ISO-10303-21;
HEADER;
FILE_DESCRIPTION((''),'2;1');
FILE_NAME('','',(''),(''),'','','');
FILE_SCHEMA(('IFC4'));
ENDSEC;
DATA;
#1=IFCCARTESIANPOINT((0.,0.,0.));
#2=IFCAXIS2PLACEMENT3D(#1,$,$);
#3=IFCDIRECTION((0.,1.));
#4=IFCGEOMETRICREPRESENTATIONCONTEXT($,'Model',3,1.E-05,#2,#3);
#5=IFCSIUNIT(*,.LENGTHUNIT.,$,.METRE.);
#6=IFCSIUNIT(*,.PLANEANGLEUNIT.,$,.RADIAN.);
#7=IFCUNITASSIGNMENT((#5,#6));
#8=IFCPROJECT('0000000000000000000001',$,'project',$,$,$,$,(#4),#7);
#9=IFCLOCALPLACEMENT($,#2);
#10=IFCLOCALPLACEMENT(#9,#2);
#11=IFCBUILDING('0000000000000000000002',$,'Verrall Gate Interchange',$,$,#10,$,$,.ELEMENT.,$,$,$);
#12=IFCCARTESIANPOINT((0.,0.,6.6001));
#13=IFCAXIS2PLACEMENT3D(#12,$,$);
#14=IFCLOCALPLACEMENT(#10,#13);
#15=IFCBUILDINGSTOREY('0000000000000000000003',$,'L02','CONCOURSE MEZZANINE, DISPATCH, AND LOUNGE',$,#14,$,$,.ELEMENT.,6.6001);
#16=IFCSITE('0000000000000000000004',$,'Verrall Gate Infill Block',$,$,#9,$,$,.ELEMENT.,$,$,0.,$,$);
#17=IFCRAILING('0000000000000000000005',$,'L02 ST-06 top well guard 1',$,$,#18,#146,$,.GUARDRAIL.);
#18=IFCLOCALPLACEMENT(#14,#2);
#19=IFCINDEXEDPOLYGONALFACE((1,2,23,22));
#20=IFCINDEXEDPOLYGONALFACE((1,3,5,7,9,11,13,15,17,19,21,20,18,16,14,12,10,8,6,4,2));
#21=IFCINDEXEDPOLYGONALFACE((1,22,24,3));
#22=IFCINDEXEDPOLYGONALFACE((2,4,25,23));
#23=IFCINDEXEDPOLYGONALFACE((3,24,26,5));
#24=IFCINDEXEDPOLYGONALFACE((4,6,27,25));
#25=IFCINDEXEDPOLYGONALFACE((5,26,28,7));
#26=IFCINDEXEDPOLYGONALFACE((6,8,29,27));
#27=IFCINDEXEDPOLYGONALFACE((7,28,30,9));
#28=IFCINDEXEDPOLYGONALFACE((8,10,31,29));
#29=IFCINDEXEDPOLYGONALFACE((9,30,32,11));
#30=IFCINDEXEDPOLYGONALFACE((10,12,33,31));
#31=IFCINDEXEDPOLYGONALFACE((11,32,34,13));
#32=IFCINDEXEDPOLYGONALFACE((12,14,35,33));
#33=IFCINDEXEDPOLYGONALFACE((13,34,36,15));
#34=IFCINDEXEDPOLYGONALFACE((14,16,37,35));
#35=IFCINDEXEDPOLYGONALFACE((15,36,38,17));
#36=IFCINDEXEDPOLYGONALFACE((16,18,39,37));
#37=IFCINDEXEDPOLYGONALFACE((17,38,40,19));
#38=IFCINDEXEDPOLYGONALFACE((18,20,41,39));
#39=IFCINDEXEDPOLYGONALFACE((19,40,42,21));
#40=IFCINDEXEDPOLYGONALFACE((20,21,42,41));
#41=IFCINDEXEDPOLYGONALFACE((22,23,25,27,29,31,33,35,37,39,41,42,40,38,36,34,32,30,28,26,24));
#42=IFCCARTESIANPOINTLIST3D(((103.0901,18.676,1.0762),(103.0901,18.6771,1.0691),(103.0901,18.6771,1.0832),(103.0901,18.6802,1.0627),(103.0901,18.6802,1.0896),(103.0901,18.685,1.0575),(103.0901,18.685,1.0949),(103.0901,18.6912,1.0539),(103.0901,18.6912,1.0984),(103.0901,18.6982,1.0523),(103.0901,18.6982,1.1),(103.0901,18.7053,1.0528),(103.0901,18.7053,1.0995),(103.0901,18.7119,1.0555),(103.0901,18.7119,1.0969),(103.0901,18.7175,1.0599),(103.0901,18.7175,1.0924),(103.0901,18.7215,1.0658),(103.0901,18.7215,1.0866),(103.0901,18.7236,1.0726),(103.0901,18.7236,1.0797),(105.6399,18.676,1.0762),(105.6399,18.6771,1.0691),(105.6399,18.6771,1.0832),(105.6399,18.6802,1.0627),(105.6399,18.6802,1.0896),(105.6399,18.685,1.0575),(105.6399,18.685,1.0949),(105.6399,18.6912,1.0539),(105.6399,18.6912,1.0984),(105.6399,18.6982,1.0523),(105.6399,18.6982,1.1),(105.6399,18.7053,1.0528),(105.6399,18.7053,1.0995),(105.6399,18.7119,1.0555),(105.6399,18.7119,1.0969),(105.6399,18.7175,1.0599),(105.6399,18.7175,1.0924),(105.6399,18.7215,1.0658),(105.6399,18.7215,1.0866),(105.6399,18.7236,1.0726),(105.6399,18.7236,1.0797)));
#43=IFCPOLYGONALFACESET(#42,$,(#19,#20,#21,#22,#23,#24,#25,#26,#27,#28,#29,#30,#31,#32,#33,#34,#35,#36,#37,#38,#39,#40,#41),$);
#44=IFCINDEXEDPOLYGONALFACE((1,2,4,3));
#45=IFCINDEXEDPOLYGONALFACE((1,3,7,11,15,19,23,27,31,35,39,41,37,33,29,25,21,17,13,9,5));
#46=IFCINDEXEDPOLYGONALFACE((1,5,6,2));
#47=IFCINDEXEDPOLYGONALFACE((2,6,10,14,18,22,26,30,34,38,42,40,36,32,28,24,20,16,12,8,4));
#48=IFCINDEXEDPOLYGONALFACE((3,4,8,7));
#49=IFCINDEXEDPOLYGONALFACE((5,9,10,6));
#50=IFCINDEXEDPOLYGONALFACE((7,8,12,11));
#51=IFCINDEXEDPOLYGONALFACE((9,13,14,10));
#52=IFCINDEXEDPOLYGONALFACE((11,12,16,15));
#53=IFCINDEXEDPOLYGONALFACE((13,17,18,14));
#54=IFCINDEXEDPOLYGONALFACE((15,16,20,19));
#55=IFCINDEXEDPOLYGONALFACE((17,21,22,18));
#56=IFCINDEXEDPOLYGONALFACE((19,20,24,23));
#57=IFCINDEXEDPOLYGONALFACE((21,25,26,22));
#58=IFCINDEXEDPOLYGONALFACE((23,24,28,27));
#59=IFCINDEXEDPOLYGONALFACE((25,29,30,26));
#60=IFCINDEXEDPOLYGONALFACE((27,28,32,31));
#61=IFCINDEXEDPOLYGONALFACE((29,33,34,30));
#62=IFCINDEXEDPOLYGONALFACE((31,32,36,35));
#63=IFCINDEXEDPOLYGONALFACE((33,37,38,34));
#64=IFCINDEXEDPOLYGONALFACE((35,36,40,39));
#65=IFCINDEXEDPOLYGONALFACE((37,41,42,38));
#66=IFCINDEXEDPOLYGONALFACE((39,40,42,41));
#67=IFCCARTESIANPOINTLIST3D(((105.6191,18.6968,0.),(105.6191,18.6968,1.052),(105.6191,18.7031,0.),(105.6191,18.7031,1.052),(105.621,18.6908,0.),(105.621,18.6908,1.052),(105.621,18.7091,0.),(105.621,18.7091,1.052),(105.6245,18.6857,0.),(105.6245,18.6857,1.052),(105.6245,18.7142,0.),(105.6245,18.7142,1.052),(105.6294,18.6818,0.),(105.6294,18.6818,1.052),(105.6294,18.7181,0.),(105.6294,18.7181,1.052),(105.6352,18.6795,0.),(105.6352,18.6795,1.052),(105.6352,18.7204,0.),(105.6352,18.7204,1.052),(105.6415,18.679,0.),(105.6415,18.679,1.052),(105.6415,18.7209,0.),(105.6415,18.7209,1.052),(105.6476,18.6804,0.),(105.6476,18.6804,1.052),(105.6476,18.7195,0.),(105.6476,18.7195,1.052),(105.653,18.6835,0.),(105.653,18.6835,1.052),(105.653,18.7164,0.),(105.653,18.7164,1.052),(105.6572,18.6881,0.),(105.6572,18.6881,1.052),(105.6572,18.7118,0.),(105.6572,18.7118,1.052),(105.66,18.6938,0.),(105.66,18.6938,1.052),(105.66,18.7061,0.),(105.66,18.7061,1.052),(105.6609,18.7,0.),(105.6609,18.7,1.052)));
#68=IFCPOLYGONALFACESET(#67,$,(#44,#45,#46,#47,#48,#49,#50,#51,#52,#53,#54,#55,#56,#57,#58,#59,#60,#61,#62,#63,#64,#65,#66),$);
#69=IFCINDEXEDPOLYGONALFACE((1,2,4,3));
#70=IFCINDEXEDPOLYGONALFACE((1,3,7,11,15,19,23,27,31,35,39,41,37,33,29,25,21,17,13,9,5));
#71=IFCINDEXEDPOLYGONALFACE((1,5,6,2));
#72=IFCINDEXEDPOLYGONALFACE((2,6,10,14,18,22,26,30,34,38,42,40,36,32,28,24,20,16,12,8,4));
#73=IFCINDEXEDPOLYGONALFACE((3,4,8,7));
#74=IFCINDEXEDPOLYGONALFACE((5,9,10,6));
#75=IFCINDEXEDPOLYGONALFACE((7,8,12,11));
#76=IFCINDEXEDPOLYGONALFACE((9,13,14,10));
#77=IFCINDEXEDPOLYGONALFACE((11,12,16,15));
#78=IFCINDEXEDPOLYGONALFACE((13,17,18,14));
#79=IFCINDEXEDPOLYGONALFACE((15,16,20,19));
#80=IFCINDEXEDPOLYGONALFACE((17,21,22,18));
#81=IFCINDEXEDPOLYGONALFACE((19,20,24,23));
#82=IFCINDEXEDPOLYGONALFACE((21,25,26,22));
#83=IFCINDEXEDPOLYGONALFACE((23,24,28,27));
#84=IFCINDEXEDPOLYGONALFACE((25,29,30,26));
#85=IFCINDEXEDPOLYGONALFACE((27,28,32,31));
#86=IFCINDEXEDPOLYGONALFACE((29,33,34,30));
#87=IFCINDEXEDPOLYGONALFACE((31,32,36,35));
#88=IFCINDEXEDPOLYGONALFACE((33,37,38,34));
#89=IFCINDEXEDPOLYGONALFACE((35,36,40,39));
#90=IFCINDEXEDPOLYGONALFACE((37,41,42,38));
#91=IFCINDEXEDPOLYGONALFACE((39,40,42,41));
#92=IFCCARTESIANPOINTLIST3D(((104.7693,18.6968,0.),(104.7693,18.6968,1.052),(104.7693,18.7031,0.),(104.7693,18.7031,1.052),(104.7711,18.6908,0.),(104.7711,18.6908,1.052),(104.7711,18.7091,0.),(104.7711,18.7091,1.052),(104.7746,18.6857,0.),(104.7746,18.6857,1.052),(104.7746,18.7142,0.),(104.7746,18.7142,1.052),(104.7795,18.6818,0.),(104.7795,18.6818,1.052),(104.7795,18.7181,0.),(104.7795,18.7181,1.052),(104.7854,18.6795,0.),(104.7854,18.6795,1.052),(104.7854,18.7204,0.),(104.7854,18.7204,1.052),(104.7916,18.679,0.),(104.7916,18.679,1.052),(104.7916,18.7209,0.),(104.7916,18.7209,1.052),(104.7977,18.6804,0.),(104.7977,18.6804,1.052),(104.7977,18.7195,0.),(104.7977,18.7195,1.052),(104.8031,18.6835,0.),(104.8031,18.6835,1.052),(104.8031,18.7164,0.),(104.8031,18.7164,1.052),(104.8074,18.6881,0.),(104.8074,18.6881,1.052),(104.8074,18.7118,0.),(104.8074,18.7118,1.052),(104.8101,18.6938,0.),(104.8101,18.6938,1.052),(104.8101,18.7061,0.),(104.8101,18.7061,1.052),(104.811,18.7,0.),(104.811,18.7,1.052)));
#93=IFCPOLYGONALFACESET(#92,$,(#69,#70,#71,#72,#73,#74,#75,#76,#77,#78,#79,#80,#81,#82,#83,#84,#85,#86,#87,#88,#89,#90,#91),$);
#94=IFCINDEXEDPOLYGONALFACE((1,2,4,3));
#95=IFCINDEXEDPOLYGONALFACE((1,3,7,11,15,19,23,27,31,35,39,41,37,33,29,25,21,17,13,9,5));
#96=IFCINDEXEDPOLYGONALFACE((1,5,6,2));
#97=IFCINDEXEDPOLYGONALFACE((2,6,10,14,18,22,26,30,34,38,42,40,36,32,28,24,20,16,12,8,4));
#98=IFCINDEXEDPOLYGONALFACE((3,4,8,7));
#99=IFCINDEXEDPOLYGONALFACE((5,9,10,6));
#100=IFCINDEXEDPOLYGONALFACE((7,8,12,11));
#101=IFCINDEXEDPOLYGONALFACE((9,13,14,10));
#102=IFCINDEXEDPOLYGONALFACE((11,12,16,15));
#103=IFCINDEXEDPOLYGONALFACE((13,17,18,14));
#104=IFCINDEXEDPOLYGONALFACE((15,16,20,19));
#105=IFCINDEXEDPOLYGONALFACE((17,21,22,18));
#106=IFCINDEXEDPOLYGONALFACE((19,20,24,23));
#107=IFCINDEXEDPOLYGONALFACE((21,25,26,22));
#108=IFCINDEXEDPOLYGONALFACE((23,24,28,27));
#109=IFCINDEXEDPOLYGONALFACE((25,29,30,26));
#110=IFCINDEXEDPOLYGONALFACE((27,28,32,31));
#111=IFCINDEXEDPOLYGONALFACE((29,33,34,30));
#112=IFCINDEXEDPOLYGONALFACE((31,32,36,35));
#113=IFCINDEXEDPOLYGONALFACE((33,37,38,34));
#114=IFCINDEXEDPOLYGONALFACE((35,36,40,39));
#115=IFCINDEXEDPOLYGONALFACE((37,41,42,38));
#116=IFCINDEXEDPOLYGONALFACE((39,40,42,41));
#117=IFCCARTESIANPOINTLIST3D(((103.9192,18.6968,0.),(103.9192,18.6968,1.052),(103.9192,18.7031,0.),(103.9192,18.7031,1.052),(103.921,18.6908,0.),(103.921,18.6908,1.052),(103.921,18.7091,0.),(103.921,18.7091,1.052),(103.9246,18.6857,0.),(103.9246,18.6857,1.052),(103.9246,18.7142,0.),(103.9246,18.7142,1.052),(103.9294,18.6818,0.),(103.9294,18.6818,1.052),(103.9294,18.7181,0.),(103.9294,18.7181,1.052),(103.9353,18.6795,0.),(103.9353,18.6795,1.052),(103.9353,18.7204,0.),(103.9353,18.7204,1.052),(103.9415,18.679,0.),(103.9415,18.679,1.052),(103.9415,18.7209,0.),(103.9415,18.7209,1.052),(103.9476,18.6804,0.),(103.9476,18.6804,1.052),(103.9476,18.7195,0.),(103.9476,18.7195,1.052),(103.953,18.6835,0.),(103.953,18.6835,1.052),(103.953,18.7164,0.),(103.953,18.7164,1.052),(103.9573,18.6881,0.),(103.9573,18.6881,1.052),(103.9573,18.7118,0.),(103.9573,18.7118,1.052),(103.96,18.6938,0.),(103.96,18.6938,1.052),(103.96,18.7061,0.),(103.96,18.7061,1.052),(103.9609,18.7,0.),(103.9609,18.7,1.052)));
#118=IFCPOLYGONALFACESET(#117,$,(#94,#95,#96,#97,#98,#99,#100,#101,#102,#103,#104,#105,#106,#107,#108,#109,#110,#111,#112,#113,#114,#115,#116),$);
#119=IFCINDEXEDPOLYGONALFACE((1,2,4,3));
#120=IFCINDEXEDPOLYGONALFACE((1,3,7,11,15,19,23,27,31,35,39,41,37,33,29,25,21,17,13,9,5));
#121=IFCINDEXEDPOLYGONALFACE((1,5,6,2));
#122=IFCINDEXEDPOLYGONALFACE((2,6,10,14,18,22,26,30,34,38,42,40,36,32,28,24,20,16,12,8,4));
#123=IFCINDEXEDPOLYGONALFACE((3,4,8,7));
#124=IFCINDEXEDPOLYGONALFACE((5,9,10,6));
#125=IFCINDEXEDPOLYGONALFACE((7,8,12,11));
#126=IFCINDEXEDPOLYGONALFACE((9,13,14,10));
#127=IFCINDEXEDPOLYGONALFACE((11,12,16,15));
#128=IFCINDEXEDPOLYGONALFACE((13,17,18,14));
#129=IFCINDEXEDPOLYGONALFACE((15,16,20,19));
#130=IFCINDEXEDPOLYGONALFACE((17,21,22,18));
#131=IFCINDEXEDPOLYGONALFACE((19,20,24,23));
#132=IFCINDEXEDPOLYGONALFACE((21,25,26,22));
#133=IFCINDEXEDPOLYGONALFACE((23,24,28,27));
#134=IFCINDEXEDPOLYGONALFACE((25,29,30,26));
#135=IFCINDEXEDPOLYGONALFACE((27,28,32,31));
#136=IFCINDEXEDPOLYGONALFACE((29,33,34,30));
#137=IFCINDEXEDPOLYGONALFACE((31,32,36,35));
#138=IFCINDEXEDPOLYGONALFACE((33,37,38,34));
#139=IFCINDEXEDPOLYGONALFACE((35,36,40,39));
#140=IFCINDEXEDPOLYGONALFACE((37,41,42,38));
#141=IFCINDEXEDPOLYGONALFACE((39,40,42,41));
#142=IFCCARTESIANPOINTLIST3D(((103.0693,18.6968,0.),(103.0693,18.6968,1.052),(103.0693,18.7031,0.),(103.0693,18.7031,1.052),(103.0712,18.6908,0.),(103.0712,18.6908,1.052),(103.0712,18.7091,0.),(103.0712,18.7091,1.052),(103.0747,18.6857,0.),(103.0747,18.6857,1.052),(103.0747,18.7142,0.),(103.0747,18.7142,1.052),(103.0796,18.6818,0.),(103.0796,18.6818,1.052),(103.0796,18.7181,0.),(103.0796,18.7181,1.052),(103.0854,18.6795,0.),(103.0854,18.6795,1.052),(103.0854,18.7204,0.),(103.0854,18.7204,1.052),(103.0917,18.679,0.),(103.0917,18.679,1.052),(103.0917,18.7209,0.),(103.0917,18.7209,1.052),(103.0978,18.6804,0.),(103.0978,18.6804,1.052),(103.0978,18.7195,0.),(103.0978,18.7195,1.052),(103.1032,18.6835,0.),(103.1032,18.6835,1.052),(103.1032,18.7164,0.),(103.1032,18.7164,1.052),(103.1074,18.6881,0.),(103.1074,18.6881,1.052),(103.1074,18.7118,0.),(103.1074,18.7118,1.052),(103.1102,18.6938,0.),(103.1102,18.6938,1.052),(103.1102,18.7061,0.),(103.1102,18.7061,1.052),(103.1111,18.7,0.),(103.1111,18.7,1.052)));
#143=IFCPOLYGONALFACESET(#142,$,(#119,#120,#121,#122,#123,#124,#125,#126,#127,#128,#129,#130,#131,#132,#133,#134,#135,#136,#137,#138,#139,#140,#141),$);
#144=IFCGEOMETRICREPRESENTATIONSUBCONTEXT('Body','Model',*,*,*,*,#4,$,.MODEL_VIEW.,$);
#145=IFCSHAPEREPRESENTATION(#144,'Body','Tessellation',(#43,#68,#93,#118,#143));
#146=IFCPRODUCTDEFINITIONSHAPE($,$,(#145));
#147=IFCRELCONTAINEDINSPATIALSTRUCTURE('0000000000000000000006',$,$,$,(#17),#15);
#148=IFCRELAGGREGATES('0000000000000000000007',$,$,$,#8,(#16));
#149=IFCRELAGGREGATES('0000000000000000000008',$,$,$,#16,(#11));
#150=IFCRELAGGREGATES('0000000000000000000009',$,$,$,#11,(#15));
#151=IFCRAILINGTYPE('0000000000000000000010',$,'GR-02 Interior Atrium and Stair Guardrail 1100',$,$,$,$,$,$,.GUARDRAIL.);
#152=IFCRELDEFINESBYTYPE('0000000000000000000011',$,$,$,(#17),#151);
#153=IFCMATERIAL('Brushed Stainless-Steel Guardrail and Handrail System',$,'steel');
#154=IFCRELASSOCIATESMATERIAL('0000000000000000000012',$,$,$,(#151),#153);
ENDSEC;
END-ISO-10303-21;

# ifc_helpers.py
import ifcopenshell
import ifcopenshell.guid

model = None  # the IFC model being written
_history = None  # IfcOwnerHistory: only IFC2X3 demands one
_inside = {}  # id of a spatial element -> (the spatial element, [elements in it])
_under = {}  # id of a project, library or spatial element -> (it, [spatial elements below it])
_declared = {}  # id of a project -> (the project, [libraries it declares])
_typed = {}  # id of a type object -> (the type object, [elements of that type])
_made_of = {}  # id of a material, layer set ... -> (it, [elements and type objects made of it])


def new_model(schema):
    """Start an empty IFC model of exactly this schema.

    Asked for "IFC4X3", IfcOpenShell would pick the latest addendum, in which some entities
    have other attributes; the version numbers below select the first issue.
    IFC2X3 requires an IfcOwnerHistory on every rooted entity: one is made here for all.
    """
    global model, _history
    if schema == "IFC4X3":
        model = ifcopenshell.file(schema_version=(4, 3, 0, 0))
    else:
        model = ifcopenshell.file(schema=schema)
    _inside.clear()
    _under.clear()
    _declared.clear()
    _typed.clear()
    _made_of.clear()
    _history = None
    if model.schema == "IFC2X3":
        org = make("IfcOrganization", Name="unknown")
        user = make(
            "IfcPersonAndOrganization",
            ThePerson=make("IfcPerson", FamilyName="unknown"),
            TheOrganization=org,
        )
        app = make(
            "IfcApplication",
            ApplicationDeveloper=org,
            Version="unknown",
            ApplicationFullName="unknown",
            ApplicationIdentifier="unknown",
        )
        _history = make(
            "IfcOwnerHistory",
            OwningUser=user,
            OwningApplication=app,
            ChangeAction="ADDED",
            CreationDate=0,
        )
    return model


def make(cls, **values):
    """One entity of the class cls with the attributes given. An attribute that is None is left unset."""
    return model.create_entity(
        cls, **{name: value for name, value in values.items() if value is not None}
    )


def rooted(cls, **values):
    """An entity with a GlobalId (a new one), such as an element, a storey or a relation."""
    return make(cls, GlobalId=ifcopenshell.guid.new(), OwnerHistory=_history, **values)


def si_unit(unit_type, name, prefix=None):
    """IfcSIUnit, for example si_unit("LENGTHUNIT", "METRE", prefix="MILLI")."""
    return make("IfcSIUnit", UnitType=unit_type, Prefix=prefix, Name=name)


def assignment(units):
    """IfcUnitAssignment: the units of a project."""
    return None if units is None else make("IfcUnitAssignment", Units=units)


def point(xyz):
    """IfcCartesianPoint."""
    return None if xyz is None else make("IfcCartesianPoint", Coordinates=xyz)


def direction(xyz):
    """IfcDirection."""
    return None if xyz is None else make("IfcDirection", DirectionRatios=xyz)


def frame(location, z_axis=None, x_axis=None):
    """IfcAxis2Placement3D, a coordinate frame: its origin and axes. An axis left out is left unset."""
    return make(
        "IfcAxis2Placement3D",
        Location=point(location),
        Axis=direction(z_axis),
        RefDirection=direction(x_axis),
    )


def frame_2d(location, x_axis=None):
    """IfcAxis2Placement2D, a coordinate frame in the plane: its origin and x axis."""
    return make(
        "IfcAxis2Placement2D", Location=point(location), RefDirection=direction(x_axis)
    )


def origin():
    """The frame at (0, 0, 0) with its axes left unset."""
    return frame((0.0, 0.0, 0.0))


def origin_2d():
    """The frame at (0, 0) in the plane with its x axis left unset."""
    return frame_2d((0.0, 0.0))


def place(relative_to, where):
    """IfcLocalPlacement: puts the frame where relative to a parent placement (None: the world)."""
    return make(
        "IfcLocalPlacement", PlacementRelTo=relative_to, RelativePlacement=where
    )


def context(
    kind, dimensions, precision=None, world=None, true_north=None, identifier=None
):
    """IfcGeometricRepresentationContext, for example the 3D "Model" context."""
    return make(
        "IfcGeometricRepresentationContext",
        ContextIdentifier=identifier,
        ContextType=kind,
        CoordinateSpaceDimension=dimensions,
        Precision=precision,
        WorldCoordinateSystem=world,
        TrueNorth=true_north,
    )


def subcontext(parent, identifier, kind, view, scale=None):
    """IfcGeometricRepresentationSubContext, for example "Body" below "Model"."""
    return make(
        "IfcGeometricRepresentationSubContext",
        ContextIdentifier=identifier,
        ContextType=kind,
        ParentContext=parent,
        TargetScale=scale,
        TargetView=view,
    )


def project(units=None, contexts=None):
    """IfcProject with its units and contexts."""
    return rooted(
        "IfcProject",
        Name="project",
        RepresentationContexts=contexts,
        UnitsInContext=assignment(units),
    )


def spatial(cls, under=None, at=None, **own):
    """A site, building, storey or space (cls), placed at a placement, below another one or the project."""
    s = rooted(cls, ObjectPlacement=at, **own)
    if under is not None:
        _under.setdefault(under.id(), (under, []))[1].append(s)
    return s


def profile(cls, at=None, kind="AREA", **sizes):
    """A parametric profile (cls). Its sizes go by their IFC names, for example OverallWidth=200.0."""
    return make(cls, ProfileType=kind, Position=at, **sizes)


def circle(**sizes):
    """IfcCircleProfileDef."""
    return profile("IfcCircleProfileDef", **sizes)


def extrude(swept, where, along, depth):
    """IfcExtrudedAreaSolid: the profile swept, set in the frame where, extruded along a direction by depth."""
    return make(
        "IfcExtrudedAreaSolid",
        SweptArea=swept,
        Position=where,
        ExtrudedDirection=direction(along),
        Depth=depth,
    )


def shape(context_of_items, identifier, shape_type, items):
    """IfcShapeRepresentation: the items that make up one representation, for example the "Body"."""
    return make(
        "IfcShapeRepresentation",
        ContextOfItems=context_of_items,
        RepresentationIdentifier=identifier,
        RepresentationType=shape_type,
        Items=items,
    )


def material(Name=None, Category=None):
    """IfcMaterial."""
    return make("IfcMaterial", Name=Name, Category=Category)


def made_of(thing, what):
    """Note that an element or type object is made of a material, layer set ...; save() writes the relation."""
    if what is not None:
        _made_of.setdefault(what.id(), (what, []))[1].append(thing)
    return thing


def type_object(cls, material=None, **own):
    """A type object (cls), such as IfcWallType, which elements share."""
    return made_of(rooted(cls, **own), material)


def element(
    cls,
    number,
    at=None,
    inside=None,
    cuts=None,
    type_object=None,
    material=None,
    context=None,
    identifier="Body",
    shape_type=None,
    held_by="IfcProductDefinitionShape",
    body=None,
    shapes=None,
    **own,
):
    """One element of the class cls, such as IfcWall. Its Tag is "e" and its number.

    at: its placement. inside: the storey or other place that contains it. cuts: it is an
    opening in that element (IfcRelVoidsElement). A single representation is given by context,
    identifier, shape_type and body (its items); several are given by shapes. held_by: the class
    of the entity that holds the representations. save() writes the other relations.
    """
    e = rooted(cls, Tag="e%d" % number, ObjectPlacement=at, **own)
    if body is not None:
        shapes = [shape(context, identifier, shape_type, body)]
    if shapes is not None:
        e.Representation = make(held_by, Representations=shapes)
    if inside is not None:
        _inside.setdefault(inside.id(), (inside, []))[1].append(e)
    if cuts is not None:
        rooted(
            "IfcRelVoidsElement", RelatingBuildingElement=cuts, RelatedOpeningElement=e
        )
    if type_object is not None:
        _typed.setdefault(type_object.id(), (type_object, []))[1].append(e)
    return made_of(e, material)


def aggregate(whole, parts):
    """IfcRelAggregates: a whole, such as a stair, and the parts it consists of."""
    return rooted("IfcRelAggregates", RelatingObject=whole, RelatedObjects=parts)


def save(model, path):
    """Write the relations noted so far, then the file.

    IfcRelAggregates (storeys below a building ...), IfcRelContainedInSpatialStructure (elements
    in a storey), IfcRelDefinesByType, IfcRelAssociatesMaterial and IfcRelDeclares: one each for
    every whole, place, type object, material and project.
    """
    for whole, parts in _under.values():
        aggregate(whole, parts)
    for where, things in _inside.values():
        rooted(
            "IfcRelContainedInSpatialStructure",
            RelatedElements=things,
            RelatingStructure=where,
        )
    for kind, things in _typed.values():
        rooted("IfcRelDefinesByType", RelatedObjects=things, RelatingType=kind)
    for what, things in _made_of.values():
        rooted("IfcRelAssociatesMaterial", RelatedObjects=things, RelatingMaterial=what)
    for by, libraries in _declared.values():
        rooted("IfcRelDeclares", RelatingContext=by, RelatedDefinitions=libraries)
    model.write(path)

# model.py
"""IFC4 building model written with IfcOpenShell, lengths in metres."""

from ifc_helpers import new_model, si_unit, direction, frame, origin, origin_2d, place, context, subcontext, project, spatial, circle, extrude, material, type_object, element, save


model = new_model("IFC4")

# Units and contexts
model_context = context("Model", 3, precision=1e-05, world=origin(), true_north=direction((0.0, 1.0)))
body_context = subcontext(model_context, "Body", "Model", "MODEL_VIEW")
ifc_project = project(units=[si_unit("LENGTHUNIT", "METRE"), si_unit("PLANEANGLEUNIT", "RADIAN")], contexts=[model_context])

# Site, building, storey
site_placement = place(None, origin())
site = spatial("IfcSite", under=ifc_project, at=site_placement, Name="Verrall Gate Infill Block", CompositionType="ELEMENT", RefElevation=0.0)
building_placement = place(site_placement, origin())
building = spatial("IfcBuilding", under=site, at=building_placement, Name="Verrall Gate Interchange", CompositionType="ELEMENT")
storey_placement = place(building_placement, frame((0.0, 0.0, 6.6001)))
storey = spatial("IfcBuildingStorey", under=building, at=storey_placement, Name="L02", Description="CONCOURSE MEZZANINE, DISPATCH, AND LOUNGE", CompositionType="ELEMENT", Elevation=6.6001)

# Railing
ifc_material_1 = material(Name="Brushed Stainless-Steel Guardrail and Handrail System", Category="steel")
railing_type = type_object("IfcRailingType", Name="GR-02 Interior Atrium and Stair Guardrail 1100", PredefinedType="GUARDRAIL", material=ifc_material_1)
railing_1_placement = place(storey_placement, frame((105.6399, 18.7, 0.0)))
element("IfcRailing", 1, at=railing_1_placement, inside=storey, type_object=railing_type, Name="L02 ST-06 top well guard 1", PredefinedType="GUARDRAIL", context=body_context, shape_type="SweptSolid", body=[
    extrude(circle(Radius=0.0239, at=origin_2d()), frame((0.0, 0.0, 1.0762), z_axis=(-1.0, 0.0, 0.0), x_axis=(0.0, -1.0, 0.0)), (0.0, 0.0, 1.0), 2.5498),
    extrude(circle(Radius=0.021, at=origin_2d()), origin(), (0.0, 0.0, 1.0), 1.052),
    extrude(circle(Radius=0.021, at=origin_2d()), frame((-0.8499, 0.0, 0.0)), (0.0, 0.0, 1.0), 1.052),
    extrude(circle(Radius=0.021, at=origin_2d()), frame((-1.7, 0.0, 0.0)), (0.0, 0.0, 1.0), 1.052),
    extrude(circle(Radius=0.021, at=origin_2d()), frame((-2.5498, 0.0, 0.0)), (0.0, 0.0, 1.0), 1.052),
])

save(model, "model.ifc")
